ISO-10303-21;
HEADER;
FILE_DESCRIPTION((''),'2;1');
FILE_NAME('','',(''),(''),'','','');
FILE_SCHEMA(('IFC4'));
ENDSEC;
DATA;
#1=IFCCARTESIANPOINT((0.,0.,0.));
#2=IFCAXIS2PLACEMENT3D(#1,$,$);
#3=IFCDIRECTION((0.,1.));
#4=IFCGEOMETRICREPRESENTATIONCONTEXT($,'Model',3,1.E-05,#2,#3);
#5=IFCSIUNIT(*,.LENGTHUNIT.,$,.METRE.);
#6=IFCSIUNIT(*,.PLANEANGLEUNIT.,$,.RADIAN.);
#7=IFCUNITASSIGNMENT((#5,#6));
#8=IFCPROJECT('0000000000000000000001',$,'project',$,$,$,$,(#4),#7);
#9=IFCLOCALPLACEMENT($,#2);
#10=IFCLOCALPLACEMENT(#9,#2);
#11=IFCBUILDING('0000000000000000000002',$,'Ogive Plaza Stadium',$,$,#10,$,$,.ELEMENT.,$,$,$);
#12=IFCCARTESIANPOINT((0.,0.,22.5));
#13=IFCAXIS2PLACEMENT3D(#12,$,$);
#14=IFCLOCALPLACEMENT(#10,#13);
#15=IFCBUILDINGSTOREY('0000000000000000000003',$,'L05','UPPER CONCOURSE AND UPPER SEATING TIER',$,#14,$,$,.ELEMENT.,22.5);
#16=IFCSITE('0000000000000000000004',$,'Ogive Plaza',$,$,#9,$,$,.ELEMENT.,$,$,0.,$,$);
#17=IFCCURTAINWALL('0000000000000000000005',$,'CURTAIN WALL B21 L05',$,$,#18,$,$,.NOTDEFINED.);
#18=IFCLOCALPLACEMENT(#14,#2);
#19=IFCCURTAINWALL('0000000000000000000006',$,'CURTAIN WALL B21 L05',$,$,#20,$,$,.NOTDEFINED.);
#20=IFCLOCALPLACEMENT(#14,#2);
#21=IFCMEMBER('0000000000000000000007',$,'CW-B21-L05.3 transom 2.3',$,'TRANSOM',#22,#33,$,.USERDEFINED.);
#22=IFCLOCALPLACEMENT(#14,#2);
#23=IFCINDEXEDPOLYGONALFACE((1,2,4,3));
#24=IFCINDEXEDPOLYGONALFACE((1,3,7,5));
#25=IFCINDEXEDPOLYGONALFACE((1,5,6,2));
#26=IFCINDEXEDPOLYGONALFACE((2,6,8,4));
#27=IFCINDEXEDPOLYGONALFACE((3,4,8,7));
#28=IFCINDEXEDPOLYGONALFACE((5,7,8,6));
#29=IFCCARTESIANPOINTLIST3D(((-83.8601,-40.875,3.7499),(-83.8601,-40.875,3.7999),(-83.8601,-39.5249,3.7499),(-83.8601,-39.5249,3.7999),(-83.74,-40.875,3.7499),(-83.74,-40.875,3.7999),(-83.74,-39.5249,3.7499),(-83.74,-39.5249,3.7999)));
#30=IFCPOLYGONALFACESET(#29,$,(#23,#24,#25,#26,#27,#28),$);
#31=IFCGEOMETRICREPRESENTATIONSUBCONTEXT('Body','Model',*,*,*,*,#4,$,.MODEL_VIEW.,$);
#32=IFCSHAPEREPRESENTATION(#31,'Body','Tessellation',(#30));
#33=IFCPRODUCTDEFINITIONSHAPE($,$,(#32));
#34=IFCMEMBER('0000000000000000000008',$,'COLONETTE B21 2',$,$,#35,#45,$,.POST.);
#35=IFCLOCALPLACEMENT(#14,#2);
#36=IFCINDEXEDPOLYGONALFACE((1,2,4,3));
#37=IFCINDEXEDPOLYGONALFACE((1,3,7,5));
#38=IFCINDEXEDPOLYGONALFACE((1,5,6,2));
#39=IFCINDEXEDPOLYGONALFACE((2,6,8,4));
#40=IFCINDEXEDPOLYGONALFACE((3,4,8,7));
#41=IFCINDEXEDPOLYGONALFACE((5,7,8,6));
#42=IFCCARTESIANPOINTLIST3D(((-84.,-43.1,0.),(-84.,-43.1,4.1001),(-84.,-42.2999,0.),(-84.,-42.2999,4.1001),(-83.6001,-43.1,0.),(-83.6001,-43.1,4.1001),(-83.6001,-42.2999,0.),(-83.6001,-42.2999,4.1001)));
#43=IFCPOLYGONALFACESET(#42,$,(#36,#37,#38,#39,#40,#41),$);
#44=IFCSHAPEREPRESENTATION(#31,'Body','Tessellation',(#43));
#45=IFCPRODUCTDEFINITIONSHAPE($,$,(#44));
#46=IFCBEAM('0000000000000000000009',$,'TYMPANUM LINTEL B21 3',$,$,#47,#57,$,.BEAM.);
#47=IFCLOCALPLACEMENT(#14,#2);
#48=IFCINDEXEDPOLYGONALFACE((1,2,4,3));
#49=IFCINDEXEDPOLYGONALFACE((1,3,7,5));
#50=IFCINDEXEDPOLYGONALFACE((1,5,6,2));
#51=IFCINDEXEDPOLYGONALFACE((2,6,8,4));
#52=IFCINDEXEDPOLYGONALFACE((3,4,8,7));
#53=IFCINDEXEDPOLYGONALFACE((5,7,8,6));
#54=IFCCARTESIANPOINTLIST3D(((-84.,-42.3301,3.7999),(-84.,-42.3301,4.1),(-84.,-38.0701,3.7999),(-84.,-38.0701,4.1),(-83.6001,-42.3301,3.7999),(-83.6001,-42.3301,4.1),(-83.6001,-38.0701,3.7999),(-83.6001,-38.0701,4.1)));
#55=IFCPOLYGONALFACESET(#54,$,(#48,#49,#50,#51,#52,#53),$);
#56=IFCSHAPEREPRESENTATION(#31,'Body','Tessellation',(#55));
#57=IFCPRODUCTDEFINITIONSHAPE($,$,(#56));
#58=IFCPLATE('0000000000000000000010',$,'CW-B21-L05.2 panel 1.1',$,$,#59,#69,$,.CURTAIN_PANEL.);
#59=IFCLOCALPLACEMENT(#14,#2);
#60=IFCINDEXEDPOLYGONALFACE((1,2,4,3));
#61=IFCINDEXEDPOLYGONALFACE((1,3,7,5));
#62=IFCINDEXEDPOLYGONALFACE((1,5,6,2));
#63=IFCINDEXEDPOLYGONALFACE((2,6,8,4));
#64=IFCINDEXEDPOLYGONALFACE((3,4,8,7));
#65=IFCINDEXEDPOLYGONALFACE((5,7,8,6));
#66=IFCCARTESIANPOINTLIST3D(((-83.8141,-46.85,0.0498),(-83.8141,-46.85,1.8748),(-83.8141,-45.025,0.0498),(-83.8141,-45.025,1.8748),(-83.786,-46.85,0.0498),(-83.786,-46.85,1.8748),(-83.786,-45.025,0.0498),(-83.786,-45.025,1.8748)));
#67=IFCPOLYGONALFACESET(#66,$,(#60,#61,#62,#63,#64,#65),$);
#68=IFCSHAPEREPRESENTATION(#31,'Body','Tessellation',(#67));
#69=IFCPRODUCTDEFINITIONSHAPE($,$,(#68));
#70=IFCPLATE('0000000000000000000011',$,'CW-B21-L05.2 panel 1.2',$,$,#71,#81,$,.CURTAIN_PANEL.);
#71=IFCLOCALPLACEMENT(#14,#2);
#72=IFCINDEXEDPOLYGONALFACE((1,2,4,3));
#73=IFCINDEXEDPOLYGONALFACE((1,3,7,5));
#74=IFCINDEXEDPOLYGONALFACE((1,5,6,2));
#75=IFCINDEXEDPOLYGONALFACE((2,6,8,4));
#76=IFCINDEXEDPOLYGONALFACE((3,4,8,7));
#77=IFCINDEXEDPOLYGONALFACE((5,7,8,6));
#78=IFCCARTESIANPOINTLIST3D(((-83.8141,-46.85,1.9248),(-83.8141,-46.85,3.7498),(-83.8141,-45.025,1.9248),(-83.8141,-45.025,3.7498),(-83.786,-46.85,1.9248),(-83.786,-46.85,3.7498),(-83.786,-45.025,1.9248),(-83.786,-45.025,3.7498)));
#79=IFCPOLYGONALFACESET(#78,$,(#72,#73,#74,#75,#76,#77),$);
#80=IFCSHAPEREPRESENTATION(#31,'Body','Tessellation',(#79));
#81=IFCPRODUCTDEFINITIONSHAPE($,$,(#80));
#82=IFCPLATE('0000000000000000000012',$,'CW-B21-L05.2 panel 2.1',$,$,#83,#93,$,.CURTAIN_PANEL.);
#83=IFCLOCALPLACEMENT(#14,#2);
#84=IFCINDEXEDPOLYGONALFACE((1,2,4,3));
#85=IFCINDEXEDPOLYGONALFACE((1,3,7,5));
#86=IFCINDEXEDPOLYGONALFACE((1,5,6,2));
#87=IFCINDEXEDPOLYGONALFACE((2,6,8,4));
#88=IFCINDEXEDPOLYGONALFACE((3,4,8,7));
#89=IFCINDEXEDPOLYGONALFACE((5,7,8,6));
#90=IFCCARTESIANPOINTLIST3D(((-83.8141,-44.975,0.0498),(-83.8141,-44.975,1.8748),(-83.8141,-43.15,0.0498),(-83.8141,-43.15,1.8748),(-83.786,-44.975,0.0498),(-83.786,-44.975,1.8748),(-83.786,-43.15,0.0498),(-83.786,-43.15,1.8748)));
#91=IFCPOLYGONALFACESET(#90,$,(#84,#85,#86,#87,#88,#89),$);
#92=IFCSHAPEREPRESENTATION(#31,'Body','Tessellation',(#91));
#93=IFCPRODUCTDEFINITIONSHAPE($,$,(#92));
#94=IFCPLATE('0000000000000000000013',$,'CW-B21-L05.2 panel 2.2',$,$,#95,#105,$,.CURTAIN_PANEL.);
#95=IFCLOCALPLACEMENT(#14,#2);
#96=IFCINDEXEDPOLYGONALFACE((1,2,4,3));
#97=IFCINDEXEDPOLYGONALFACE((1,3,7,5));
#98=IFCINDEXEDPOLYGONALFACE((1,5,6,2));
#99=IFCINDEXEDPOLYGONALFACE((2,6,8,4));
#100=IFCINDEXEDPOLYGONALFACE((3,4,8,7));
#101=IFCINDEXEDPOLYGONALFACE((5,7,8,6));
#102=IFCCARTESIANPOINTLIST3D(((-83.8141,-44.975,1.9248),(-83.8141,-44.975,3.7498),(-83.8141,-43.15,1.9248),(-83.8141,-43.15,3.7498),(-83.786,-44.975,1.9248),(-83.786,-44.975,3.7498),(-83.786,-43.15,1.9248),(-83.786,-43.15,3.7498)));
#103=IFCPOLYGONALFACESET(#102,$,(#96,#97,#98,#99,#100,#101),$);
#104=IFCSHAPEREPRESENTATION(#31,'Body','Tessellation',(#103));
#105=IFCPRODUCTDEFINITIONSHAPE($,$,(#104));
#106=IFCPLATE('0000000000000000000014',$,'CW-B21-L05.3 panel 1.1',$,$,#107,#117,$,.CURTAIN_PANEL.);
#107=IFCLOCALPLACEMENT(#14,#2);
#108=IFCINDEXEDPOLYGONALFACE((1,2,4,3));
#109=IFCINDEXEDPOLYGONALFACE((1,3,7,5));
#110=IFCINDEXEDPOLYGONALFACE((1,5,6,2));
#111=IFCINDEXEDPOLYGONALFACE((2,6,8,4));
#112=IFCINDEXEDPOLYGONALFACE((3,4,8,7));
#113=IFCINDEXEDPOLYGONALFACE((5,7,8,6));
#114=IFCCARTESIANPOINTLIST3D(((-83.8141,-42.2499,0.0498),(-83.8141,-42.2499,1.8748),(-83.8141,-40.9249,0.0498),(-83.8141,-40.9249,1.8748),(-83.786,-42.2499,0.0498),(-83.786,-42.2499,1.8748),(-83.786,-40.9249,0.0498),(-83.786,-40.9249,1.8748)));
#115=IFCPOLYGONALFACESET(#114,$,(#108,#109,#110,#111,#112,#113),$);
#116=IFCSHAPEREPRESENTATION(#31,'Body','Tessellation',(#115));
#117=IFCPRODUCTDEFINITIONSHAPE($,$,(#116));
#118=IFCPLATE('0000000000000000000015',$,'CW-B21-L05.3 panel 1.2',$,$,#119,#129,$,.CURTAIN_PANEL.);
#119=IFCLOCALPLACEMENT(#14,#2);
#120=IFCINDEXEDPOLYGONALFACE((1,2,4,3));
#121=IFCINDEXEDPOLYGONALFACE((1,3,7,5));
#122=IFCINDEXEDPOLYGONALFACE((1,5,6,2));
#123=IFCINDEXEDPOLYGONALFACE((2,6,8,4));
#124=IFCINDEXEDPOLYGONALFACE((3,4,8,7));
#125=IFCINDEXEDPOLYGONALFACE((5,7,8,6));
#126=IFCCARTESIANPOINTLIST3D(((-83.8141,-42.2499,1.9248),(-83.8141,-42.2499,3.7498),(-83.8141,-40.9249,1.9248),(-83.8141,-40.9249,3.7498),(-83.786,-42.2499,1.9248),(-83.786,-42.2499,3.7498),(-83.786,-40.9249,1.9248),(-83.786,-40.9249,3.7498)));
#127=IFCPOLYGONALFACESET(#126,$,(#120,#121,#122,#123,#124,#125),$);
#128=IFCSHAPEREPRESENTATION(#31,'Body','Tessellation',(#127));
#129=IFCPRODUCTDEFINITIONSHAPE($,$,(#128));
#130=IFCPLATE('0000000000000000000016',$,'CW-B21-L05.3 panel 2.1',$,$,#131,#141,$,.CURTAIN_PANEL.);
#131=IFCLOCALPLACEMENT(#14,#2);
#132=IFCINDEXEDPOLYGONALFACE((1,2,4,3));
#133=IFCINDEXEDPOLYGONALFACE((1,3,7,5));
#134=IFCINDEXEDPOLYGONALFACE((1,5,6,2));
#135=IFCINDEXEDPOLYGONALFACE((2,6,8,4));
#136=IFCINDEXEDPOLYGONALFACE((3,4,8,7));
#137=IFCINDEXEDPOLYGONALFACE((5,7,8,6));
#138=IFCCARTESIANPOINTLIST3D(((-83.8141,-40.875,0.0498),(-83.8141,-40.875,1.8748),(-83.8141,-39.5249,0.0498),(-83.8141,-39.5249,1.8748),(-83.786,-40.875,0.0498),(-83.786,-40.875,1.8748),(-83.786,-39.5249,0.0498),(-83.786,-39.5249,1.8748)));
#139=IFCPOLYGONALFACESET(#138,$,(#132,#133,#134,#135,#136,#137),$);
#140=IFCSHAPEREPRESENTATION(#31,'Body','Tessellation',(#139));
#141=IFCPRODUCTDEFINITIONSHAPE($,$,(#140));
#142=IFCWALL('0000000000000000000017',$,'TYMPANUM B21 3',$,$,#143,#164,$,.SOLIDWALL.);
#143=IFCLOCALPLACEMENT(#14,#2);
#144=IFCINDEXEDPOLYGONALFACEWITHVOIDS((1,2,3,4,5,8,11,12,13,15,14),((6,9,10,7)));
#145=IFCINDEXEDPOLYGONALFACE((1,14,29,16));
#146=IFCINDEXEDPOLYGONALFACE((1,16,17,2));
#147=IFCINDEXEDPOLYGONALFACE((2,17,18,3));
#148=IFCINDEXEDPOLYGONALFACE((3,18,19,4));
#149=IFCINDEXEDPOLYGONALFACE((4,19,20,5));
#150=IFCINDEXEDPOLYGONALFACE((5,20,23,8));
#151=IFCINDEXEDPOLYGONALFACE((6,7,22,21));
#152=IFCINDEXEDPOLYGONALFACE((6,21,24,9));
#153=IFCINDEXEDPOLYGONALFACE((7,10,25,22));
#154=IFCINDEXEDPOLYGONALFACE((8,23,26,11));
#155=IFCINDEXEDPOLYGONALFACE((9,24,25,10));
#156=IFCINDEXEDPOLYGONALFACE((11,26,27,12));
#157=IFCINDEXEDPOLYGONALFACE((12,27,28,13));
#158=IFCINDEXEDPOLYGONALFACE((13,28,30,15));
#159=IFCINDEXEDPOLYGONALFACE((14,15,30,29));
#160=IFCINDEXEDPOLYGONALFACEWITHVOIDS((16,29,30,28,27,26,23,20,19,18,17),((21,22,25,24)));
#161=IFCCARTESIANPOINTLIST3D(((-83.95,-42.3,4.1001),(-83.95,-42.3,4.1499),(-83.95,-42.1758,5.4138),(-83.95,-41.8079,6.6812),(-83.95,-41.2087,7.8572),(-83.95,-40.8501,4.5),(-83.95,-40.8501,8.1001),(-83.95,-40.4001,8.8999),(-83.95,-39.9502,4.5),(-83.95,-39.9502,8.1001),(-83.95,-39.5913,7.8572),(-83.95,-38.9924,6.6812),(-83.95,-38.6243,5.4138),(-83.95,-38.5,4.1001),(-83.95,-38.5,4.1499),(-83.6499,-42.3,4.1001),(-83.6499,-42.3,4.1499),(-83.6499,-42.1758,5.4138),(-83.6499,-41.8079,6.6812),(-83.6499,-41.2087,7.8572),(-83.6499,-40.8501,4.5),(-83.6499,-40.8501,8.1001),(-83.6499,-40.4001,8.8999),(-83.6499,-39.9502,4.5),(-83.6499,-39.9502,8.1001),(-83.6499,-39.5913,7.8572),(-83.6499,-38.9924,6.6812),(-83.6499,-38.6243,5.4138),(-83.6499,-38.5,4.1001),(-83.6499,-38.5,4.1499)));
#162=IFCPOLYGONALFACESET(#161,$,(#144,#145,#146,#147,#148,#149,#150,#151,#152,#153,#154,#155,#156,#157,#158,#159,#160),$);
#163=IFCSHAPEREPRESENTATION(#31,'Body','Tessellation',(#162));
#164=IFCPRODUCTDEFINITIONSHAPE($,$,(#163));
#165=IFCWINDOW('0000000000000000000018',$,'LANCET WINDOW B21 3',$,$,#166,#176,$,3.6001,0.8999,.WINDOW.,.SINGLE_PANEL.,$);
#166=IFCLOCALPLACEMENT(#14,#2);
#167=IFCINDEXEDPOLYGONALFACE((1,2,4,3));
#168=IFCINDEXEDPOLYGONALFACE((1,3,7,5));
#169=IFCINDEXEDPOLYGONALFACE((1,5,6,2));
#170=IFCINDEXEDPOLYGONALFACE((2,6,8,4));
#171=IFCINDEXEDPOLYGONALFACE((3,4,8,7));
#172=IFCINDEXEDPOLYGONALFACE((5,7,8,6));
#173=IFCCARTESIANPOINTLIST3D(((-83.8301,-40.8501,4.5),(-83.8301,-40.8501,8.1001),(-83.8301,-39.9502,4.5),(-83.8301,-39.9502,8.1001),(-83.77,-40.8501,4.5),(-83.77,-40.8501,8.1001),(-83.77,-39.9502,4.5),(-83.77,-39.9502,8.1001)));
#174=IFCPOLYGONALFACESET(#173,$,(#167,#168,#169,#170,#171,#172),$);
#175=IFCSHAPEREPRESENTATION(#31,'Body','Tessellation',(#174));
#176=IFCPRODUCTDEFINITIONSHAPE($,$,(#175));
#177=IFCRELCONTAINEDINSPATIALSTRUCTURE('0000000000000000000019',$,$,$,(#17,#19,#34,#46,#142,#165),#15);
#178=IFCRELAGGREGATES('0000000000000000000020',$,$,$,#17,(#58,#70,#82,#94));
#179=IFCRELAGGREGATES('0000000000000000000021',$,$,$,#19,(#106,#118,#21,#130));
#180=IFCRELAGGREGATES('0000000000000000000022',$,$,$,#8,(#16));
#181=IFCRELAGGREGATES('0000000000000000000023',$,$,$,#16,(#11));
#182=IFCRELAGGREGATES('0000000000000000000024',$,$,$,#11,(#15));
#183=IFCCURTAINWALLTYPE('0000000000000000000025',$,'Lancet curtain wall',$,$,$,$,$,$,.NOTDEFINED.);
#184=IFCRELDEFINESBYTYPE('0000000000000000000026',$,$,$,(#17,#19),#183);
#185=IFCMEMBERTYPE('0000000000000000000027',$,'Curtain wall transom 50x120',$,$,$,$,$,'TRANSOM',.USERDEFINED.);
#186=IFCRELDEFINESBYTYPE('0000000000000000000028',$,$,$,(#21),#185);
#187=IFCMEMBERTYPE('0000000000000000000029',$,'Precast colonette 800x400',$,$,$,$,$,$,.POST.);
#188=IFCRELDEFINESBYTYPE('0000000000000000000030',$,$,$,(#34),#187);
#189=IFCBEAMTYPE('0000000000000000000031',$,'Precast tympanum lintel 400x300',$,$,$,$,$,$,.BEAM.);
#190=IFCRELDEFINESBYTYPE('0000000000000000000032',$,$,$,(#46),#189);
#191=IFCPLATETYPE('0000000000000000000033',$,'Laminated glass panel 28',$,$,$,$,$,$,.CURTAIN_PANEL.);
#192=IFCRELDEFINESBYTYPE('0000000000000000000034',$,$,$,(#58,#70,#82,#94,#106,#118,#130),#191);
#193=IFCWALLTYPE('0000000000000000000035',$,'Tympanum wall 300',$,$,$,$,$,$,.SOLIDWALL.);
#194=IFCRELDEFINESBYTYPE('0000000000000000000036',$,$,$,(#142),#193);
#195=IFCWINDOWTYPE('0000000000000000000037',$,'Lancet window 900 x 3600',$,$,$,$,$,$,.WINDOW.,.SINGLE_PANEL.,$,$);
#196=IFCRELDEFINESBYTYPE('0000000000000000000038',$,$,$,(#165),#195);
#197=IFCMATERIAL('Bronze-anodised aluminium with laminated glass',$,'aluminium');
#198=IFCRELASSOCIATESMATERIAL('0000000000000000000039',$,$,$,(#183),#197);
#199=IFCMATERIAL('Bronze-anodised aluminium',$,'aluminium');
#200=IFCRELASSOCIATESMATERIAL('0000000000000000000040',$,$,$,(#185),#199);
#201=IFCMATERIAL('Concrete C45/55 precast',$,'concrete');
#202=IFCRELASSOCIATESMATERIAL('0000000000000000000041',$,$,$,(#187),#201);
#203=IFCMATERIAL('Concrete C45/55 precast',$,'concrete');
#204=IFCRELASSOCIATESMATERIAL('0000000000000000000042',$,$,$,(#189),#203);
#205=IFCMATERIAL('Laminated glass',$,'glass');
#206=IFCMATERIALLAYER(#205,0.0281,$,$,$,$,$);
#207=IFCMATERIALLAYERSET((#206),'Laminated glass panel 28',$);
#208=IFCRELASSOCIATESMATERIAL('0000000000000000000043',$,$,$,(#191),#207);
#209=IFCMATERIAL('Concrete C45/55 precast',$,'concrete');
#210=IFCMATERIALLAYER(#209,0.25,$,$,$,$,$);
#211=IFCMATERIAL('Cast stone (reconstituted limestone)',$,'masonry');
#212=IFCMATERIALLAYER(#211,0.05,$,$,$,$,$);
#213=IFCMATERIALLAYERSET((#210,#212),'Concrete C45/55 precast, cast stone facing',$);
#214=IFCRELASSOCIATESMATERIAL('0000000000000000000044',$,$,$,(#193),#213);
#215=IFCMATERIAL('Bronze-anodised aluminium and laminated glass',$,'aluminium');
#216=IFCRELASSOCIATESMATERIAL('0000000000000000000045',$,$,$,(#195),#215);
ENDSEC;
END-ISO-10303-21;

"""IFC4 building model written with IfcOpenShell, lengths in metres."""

from ifc_helpers import new_model, si_unit, direction, frame, frame_2d, origin, origin_2d, place, context, subcontext, project, spatial, polyline, rectangle, outline, extrude, material, layer, layer_set, material_profile, profile_set, type_object, element, fill, aggregate, save


model = new_model("IFC4")

# Units and contexts
model_context = context("Model", 3, precision=1e-05, world=origin(), true_north=direction((0.0, 1.0)))
body_context = subcontext(model_context, "Body", "Model", "MODEL_VIEW")
ifc_project = project(units=[si_unit("LENGTHUNIT", "METRE"), si_unit("PLANEANGLEUNIT", "RADIAN")], contexts=[model_context])

# Site, building, storey
site_placement = place(None, origin())
site = spatial("IfcSite", under=ifc_project, at=site_placement, Name="Ogive Plaza", CompositionType="ELEMENT", RefElevation=0.0)
building_placement = place(site_placement, origin())
building = spatial("IfcBuilding", under=site, at=building_placement, Name="Ogive Plaza Stadium", CompositionType="ELEMENT")
storey_placement = place(building_placement, frame((0.0, 0.0, 22.5)))
storey = spatial("IfcBuildingStorey", under=building, at=storey_placement, Name="L05", Description="UPPER CONCOURSE AND UPPER SEATING TIER", CompositionType="ELEMENT", Elevation=22.5)

# Curtain walls
ifc_material_1 = material(Name="Bronze-anodised aluminium with laminated glass", Category="aluminium")
curtain_wall_type = type_object("IfcCurtainWallType", Name="Lancet curtain wall", PredefinedType="NOTDEFINED", material=ifc_material_1)
curtain_wall_1_placement = place(storey_placement, origin())
curtain_wall_1 = element("IfcCurtainWall", 1, at=curtain_wall_1_placement, inside=storey, type_object=curtain_wall_type, Name="CURTAIN WALL B21 L05", PredefinedType="NOTDEFINED")
curtain_wall_2_placement = place(storey_placement, origin())
curtain_wall_2 = element("IfcCurtainWall", 2, at=curtain_wall_2_placement, inside=storey, type_object=curtain_wall_type, Name="CURTAIN WALL B21 L05", PredefinedType="NOTDEFINED")

# Members
ifc_material_2 = material(Name="Bronze-anodised aluminium", Category="aluminium")
ifc_material_profile_1 = material_profile(ifc_material_2, rectangle(XDim=0.1201, YDim=0.05, at=origin_2d()), Name="AL 120x50")
ifc_profile_set_1 = profile_set([ifc_material_profile_1], Name="Bronze-anodised aluminium")
member_type_1 = type_object("IfcMemberType", Name="Curtain wall transom 50x120", ElementType="TRANSOM", PredefinedType="USERDEFINED", material=ifc_profile_set_1)
member_1_placement = place(storey_placement, frame((-83.8, -40.875, 3.7749), z_axis=(0.0, 1.0, 0.0), x_axis=(-1.0, 0.0, 0.0)))
member_1 = element("IfcMember", 3, at=member_1_placement, type_object=member_type_1, Name="CW-B21-L05.3 transom 2.3", ObjectType="TRANSOM", PredefinedType="USERDEFINED", context=body_context, shape_type="SweptSolid", body=[
    extrude(rectangle(XDim=0.1201, YDim=0.05, at=origin_2d()), origin(), (0.0, 0.0, 1.0), 1.3501),
])
ifc_material_3 = material(Name="Concrete C45/55 precast", Category="concrete")
ifc_material_profile_2 = material_profile(ifc_material_3, rectangle(XDim=0.3999, YDim=0.8, at=origin_2d()), Name="RC 400x800")
ifc_profile_set_2 = profile_set([ifc_material_profile_2], Name="Concrete C45/55 precast")
member_type_2 = type_object("IfcMemberType", Name="Precast colonette 800x400", PredefinedType="POST", material=ifc_profile_set_2)
member_2_placement = place(storey_placement, frame((-83.8, -42.7, 0.0), z_axis=(0.0, 0.0, 1.0), x_axis=(-1.0, 0.0, 0.0)))
element("IfcMember", 4, at=member_2_placement, inside=storey, type_object=member_type_2, Name="COLONETTE B21 2", PredefinedType="POST", context=body_context, shape_type="SweptSolid", body=[
    extrude(rectangle(XDim=0.3999, YDim=0.8, at=origin_2d()), origin(), (0.0, 0.0, 1.0), 4.1001),
])

# Beam
ifc_material_4 = material(Name="Concrete C45/55 precast", Category="concrete")
ifc_material_profile_3 = material_profile(ifc_material_4, rectangle(XDim=0.3999, YDim=0.3, at=origin_2d()), Name="RC 400x300")
ifc_profile_set_3 = profile_set([ifc_material_profile_3], Name="Concrete C45/55 precast")
beam_type = type_object("IfcBeamType", Name="Precast tympanum lintel 400x300", PredefinedType="BEAM", material=ifc_profile_set_3)
beam_placement = place(storey_placement, frame((-83.8, -42.3301, 3.95), z_axis=(0.0, 1.0, 0.0), x_axis=(-1.0, 0.0, 0.0)))
element("IfcBeam", 5, at=beam_placement, inside=storey, type_object=beam_type, Name="TYMPANUM LINTEL B21 3", PredefinedType="BEAM", context=body_context, shape_type="SweptSolid", body=[
    extrude(rectangle(XDim=0.3999, YDim=0.3, at=origin_2d()), origin(), (0.0, 0.0, 1.0), 4.26),
])

# Plates
ifc_material_5 = material(Name="Laminated glass", Category="glass")
ifc_layer_1 = layer(ifc_material_5, 0.0281)
ifc_layer_set_1 = layer_set([ifc_layer_1], Name="Laminated glass panel 28")
plate_type = type_object("IfcPlateType", Name="Laminated glass panel 28", PredefinedType="CURTAIN_PANEL", material=ifc_layer_set_1)
plate_1_placement = place(storey_placement, frame((-83.8, -45.9375, 0.0498), z_axis=(0.0, 0.0, 1.0), x_axis=(0.0, 1.0, 0.0)))
plate_1 = element("IfcPlate", 6, at=plate_1_placement, type_object=plate_type, Name="CW-B21-L05.2 panel 1.1", PredefinedType="CURTAIN_PANEL", context=body_context, shape_type="SweptSolid", body=[
    extrude(rectangle(XDim=1.825, YDim=0.0281, at=origin_2d()), origin(), (0.0, 0.0, 1.0), 1.825),
])
plate_2_placement = place(storey_placement, frame((-83.8, -45.9375, 1.9248), z_axis=(0.0, 0.0, 1.0), x_axis=(0.0, 1.0, 0.0)))
plate_2 = element("IfcPlate", 7, at=plate_2_placement, type_object=plate_type, Name="CW-B21-L05.2 panel 1.2", PredefinedType="CURTAIN_PANEL", context=body_context, shape_type="SweptSolid", body=[
    extrude(rectangle(XDim=1.825, YDim=0.0281, at=origin_2d()), origin(), (0.0, 0.0, 1.0), 1.825),
])
plate_3_placement = place(storey_placement, frame((-83.8, -44.0625, 0.0498), z_axis=(0.0, 0.0, 1.0), x_axis=(0.0, 1.0, 0.0)))
plate_3 = element("IfcPlate", 8, at=plate_3_placement, type_object=plate_type, Name="CW-B21-L05.2 panel 2.1", PredefinedType="CURTAIN_PANEL", context=body_context, shape_type="SweptSolid", body=[
    extrude(rectangle(XDim=1.825, YDim=0.0281, at=origin_2d()), origin(), (0.0, 0.0, 1.0), 1.825),
])
plate_4_placement = place(storey_placement, frame((-83.8, -44.0625, 1.9248), z_axis=(0.0, 0.0, 1.0), x_axis=(0.0, 1.0, 0.0)))
plate_4 = element("IfcPlate", 9, at=plate_4_placement, type_object=plate_type, Name="CW-B21-L05.2 panel 2.2", PredefinedType="CURTAIN_PANEL", context=body_context, shape_type="SweptSolid", body=[
    extrude(rectangle(XDim=1.825, YDim=0.0281, at=origin_2d()), origin(), (0.0, 0.0, 1.0), 1.825),
])
aggregate(curtain_wall_1, [plate_1, plate_2, plate_3, plate_4])
plate_5_placement = place(storey_placement, frame((-83.8, -41.5874, 0.0498), z_axis=(0.0, 0.0, 1.0), x_axis=(0.0, 1.0, 0.0)))
plate_5 = element("IfcPlate", 10, at=plate_5_placement, type_object=plate_type, Name="CW-B21-L05.3 panel 1.1", PredefinedType="CURTAIN_PANEL", context=body_context, shape_type="SweptSolid", body=[
    extrude(rectangle(XDim=1.325, YDim=0.0281, at=origin_2d()), origin(), (0.0, 0.0, 1.0), 1.825),
])
plate_6_placement = place(storey_placement, frame((-83.8, -41.5874, 1.9248), z_axis=(0.0, 0.0, 1.0), x_axis=(0.0, 1.0, 0.0)))
plate_6 = element("IfcPlate", 11, at=plate_6_placement, type_object=plate_type, Name="CW-B21-L05.3 panel 1.2", PredefinedType="CURTAIN_PANEL", context=body_context, shape_type="SweptSolid", body=[
    extrude(rectangle(XDim=1.325, YDim=0.0281, at=origin_2d()), origin(), (0.0, 0.0, 1.0), 1.825),
])
plate_7_placement = place(storey_placement, frame((-83.8, -40.2, 0.0498), z_axis=(0.0, 0.0, 1.0), x_axis=(0.0, 1.0, 0.0)))
plate_7 = element("IfcPlate", 12, at=plate_7_placement, type_object=plate_type, Name="CW-B21-L05.3 panel 2.1", PredefinedType="CURTAIN_PANEL", context=body_context, shape_type="SweptSolid", body=[
    extrude(rectangle(XDim=1.3501, YDim=0.0281, at=origin_2d()), origin(), (0.0, 0.0, 1.0), 1.825),
])
aggregate(curtain_wall_2, [plate_5, plate_6, member_1, plate_7])

# Wall, opening, window
ifc_material_6 = material(Name="Concrete C45/55 precast", Category="concrete")
ifc_layer_2 = layer(ifc_material_6, 0.25)
ifc_material_7 = material(Name="Cast stone (reconstituted limestone)", Category="masonry")
ifc_layer_3 = layer(ifc_material_7, 0.05)
ifc_layer_set_2 = layer_set([ifc_layer_2, ifc_layer_3], Name="Concrete C45/55 precast, cast stone facing")
wall_type = type_object("IfcWallType", Name="Tympanum wall 300", PredefinedType="SOLIDWALL", material=ifc_layer_set_2)
wall_placement = place(storey_placement, frame((-83.8, -42.3, 4.1001), z_axis=(0.0, 0.0, 1.0), x_axis=(0.0, 1.0, 0.0)))
wall = element("IfcWall", 13, at=wall_placement, inside=storey, type_object=wall_type, Name="TYMPANUM B21 3", PredefinedType="SOLIDWALL", context=body_context, shape_type="SweptSolid", body=[
    extrude(outline(polyline([(0.0, 0.0), (3.8, 0.0), (3.8, 0.0498), (3.6758, 1.3137), (3.3076, 2.5811), (2.7087, 3.7571), (1.8999, 4.7998), (1.0913, 3.7571), (0.4922, 2.5811), (0.1243, 1.3137), (0.0, 0.0498), (0.0, 0.0)])), frame((0.0, 0.1499, 0.0), z_axis=(0.0, -1.0, 0.0), x_axis=(1.0, 0.0, 0.0)), (0.0, 0.0, 1.0), 0.3),
])
opening_placement = place(wall_placement, frame((1.45, 0.0, 0.3999)))
opening = element("IfcOpeningElement", 14, at=opening_placement, cuts=wall, PredefinedType="OPENING", context=body_context, shape_type="SweptSolid", body=[
    extrude(rectangle(XDim=0.8999, YDim=3.6001, at=frame_2d((0.45, 1.8))), frame((0.0, 0.1602, 0.0), z_axis=(0.0, -1.0, 0.0), x_axis=(1.0, 0.0, 0.0)), (0.0, 0.0, 1.0), 0.3201),
])
ifc_material_8 = material(Name="Bronze-anodised aluminium and laminated glass", Category="aluminium")
window_type = type_object("IfcWindowType", Name="Lancet window 900 x 3600", PartitioningType="SINGLE_PANEL", PredefinedType="WINDOW", material=ifc_material_8)
window_placement = place(opening_placement, origin())
window = element("IfcWindow", 15, at=window_placement, inside=storey, type_object=window_type, Name="LANCET WINDOW B21 3", OverallHeight=3.6001, OverallWidth=0.8999, PartitioningType="SINGLE_PANEL", PredefinedType="WINDOW", context=body_context, shape_type="SweptSolid", body=[
    extrude(rectangle(XDim=0.8999, YDim=3.6001, at=frame_2d((0.45, 1.8))), frame((0.0, 0.03, 0.0), z_axis=(0.0, -1.0, 0.0), x_axis=(1.0, 0.0, 0.0)), (0.0, 0.0, 1.0), 0.0601),
])
fill(opening, window)

save(model, "model.ifc")
